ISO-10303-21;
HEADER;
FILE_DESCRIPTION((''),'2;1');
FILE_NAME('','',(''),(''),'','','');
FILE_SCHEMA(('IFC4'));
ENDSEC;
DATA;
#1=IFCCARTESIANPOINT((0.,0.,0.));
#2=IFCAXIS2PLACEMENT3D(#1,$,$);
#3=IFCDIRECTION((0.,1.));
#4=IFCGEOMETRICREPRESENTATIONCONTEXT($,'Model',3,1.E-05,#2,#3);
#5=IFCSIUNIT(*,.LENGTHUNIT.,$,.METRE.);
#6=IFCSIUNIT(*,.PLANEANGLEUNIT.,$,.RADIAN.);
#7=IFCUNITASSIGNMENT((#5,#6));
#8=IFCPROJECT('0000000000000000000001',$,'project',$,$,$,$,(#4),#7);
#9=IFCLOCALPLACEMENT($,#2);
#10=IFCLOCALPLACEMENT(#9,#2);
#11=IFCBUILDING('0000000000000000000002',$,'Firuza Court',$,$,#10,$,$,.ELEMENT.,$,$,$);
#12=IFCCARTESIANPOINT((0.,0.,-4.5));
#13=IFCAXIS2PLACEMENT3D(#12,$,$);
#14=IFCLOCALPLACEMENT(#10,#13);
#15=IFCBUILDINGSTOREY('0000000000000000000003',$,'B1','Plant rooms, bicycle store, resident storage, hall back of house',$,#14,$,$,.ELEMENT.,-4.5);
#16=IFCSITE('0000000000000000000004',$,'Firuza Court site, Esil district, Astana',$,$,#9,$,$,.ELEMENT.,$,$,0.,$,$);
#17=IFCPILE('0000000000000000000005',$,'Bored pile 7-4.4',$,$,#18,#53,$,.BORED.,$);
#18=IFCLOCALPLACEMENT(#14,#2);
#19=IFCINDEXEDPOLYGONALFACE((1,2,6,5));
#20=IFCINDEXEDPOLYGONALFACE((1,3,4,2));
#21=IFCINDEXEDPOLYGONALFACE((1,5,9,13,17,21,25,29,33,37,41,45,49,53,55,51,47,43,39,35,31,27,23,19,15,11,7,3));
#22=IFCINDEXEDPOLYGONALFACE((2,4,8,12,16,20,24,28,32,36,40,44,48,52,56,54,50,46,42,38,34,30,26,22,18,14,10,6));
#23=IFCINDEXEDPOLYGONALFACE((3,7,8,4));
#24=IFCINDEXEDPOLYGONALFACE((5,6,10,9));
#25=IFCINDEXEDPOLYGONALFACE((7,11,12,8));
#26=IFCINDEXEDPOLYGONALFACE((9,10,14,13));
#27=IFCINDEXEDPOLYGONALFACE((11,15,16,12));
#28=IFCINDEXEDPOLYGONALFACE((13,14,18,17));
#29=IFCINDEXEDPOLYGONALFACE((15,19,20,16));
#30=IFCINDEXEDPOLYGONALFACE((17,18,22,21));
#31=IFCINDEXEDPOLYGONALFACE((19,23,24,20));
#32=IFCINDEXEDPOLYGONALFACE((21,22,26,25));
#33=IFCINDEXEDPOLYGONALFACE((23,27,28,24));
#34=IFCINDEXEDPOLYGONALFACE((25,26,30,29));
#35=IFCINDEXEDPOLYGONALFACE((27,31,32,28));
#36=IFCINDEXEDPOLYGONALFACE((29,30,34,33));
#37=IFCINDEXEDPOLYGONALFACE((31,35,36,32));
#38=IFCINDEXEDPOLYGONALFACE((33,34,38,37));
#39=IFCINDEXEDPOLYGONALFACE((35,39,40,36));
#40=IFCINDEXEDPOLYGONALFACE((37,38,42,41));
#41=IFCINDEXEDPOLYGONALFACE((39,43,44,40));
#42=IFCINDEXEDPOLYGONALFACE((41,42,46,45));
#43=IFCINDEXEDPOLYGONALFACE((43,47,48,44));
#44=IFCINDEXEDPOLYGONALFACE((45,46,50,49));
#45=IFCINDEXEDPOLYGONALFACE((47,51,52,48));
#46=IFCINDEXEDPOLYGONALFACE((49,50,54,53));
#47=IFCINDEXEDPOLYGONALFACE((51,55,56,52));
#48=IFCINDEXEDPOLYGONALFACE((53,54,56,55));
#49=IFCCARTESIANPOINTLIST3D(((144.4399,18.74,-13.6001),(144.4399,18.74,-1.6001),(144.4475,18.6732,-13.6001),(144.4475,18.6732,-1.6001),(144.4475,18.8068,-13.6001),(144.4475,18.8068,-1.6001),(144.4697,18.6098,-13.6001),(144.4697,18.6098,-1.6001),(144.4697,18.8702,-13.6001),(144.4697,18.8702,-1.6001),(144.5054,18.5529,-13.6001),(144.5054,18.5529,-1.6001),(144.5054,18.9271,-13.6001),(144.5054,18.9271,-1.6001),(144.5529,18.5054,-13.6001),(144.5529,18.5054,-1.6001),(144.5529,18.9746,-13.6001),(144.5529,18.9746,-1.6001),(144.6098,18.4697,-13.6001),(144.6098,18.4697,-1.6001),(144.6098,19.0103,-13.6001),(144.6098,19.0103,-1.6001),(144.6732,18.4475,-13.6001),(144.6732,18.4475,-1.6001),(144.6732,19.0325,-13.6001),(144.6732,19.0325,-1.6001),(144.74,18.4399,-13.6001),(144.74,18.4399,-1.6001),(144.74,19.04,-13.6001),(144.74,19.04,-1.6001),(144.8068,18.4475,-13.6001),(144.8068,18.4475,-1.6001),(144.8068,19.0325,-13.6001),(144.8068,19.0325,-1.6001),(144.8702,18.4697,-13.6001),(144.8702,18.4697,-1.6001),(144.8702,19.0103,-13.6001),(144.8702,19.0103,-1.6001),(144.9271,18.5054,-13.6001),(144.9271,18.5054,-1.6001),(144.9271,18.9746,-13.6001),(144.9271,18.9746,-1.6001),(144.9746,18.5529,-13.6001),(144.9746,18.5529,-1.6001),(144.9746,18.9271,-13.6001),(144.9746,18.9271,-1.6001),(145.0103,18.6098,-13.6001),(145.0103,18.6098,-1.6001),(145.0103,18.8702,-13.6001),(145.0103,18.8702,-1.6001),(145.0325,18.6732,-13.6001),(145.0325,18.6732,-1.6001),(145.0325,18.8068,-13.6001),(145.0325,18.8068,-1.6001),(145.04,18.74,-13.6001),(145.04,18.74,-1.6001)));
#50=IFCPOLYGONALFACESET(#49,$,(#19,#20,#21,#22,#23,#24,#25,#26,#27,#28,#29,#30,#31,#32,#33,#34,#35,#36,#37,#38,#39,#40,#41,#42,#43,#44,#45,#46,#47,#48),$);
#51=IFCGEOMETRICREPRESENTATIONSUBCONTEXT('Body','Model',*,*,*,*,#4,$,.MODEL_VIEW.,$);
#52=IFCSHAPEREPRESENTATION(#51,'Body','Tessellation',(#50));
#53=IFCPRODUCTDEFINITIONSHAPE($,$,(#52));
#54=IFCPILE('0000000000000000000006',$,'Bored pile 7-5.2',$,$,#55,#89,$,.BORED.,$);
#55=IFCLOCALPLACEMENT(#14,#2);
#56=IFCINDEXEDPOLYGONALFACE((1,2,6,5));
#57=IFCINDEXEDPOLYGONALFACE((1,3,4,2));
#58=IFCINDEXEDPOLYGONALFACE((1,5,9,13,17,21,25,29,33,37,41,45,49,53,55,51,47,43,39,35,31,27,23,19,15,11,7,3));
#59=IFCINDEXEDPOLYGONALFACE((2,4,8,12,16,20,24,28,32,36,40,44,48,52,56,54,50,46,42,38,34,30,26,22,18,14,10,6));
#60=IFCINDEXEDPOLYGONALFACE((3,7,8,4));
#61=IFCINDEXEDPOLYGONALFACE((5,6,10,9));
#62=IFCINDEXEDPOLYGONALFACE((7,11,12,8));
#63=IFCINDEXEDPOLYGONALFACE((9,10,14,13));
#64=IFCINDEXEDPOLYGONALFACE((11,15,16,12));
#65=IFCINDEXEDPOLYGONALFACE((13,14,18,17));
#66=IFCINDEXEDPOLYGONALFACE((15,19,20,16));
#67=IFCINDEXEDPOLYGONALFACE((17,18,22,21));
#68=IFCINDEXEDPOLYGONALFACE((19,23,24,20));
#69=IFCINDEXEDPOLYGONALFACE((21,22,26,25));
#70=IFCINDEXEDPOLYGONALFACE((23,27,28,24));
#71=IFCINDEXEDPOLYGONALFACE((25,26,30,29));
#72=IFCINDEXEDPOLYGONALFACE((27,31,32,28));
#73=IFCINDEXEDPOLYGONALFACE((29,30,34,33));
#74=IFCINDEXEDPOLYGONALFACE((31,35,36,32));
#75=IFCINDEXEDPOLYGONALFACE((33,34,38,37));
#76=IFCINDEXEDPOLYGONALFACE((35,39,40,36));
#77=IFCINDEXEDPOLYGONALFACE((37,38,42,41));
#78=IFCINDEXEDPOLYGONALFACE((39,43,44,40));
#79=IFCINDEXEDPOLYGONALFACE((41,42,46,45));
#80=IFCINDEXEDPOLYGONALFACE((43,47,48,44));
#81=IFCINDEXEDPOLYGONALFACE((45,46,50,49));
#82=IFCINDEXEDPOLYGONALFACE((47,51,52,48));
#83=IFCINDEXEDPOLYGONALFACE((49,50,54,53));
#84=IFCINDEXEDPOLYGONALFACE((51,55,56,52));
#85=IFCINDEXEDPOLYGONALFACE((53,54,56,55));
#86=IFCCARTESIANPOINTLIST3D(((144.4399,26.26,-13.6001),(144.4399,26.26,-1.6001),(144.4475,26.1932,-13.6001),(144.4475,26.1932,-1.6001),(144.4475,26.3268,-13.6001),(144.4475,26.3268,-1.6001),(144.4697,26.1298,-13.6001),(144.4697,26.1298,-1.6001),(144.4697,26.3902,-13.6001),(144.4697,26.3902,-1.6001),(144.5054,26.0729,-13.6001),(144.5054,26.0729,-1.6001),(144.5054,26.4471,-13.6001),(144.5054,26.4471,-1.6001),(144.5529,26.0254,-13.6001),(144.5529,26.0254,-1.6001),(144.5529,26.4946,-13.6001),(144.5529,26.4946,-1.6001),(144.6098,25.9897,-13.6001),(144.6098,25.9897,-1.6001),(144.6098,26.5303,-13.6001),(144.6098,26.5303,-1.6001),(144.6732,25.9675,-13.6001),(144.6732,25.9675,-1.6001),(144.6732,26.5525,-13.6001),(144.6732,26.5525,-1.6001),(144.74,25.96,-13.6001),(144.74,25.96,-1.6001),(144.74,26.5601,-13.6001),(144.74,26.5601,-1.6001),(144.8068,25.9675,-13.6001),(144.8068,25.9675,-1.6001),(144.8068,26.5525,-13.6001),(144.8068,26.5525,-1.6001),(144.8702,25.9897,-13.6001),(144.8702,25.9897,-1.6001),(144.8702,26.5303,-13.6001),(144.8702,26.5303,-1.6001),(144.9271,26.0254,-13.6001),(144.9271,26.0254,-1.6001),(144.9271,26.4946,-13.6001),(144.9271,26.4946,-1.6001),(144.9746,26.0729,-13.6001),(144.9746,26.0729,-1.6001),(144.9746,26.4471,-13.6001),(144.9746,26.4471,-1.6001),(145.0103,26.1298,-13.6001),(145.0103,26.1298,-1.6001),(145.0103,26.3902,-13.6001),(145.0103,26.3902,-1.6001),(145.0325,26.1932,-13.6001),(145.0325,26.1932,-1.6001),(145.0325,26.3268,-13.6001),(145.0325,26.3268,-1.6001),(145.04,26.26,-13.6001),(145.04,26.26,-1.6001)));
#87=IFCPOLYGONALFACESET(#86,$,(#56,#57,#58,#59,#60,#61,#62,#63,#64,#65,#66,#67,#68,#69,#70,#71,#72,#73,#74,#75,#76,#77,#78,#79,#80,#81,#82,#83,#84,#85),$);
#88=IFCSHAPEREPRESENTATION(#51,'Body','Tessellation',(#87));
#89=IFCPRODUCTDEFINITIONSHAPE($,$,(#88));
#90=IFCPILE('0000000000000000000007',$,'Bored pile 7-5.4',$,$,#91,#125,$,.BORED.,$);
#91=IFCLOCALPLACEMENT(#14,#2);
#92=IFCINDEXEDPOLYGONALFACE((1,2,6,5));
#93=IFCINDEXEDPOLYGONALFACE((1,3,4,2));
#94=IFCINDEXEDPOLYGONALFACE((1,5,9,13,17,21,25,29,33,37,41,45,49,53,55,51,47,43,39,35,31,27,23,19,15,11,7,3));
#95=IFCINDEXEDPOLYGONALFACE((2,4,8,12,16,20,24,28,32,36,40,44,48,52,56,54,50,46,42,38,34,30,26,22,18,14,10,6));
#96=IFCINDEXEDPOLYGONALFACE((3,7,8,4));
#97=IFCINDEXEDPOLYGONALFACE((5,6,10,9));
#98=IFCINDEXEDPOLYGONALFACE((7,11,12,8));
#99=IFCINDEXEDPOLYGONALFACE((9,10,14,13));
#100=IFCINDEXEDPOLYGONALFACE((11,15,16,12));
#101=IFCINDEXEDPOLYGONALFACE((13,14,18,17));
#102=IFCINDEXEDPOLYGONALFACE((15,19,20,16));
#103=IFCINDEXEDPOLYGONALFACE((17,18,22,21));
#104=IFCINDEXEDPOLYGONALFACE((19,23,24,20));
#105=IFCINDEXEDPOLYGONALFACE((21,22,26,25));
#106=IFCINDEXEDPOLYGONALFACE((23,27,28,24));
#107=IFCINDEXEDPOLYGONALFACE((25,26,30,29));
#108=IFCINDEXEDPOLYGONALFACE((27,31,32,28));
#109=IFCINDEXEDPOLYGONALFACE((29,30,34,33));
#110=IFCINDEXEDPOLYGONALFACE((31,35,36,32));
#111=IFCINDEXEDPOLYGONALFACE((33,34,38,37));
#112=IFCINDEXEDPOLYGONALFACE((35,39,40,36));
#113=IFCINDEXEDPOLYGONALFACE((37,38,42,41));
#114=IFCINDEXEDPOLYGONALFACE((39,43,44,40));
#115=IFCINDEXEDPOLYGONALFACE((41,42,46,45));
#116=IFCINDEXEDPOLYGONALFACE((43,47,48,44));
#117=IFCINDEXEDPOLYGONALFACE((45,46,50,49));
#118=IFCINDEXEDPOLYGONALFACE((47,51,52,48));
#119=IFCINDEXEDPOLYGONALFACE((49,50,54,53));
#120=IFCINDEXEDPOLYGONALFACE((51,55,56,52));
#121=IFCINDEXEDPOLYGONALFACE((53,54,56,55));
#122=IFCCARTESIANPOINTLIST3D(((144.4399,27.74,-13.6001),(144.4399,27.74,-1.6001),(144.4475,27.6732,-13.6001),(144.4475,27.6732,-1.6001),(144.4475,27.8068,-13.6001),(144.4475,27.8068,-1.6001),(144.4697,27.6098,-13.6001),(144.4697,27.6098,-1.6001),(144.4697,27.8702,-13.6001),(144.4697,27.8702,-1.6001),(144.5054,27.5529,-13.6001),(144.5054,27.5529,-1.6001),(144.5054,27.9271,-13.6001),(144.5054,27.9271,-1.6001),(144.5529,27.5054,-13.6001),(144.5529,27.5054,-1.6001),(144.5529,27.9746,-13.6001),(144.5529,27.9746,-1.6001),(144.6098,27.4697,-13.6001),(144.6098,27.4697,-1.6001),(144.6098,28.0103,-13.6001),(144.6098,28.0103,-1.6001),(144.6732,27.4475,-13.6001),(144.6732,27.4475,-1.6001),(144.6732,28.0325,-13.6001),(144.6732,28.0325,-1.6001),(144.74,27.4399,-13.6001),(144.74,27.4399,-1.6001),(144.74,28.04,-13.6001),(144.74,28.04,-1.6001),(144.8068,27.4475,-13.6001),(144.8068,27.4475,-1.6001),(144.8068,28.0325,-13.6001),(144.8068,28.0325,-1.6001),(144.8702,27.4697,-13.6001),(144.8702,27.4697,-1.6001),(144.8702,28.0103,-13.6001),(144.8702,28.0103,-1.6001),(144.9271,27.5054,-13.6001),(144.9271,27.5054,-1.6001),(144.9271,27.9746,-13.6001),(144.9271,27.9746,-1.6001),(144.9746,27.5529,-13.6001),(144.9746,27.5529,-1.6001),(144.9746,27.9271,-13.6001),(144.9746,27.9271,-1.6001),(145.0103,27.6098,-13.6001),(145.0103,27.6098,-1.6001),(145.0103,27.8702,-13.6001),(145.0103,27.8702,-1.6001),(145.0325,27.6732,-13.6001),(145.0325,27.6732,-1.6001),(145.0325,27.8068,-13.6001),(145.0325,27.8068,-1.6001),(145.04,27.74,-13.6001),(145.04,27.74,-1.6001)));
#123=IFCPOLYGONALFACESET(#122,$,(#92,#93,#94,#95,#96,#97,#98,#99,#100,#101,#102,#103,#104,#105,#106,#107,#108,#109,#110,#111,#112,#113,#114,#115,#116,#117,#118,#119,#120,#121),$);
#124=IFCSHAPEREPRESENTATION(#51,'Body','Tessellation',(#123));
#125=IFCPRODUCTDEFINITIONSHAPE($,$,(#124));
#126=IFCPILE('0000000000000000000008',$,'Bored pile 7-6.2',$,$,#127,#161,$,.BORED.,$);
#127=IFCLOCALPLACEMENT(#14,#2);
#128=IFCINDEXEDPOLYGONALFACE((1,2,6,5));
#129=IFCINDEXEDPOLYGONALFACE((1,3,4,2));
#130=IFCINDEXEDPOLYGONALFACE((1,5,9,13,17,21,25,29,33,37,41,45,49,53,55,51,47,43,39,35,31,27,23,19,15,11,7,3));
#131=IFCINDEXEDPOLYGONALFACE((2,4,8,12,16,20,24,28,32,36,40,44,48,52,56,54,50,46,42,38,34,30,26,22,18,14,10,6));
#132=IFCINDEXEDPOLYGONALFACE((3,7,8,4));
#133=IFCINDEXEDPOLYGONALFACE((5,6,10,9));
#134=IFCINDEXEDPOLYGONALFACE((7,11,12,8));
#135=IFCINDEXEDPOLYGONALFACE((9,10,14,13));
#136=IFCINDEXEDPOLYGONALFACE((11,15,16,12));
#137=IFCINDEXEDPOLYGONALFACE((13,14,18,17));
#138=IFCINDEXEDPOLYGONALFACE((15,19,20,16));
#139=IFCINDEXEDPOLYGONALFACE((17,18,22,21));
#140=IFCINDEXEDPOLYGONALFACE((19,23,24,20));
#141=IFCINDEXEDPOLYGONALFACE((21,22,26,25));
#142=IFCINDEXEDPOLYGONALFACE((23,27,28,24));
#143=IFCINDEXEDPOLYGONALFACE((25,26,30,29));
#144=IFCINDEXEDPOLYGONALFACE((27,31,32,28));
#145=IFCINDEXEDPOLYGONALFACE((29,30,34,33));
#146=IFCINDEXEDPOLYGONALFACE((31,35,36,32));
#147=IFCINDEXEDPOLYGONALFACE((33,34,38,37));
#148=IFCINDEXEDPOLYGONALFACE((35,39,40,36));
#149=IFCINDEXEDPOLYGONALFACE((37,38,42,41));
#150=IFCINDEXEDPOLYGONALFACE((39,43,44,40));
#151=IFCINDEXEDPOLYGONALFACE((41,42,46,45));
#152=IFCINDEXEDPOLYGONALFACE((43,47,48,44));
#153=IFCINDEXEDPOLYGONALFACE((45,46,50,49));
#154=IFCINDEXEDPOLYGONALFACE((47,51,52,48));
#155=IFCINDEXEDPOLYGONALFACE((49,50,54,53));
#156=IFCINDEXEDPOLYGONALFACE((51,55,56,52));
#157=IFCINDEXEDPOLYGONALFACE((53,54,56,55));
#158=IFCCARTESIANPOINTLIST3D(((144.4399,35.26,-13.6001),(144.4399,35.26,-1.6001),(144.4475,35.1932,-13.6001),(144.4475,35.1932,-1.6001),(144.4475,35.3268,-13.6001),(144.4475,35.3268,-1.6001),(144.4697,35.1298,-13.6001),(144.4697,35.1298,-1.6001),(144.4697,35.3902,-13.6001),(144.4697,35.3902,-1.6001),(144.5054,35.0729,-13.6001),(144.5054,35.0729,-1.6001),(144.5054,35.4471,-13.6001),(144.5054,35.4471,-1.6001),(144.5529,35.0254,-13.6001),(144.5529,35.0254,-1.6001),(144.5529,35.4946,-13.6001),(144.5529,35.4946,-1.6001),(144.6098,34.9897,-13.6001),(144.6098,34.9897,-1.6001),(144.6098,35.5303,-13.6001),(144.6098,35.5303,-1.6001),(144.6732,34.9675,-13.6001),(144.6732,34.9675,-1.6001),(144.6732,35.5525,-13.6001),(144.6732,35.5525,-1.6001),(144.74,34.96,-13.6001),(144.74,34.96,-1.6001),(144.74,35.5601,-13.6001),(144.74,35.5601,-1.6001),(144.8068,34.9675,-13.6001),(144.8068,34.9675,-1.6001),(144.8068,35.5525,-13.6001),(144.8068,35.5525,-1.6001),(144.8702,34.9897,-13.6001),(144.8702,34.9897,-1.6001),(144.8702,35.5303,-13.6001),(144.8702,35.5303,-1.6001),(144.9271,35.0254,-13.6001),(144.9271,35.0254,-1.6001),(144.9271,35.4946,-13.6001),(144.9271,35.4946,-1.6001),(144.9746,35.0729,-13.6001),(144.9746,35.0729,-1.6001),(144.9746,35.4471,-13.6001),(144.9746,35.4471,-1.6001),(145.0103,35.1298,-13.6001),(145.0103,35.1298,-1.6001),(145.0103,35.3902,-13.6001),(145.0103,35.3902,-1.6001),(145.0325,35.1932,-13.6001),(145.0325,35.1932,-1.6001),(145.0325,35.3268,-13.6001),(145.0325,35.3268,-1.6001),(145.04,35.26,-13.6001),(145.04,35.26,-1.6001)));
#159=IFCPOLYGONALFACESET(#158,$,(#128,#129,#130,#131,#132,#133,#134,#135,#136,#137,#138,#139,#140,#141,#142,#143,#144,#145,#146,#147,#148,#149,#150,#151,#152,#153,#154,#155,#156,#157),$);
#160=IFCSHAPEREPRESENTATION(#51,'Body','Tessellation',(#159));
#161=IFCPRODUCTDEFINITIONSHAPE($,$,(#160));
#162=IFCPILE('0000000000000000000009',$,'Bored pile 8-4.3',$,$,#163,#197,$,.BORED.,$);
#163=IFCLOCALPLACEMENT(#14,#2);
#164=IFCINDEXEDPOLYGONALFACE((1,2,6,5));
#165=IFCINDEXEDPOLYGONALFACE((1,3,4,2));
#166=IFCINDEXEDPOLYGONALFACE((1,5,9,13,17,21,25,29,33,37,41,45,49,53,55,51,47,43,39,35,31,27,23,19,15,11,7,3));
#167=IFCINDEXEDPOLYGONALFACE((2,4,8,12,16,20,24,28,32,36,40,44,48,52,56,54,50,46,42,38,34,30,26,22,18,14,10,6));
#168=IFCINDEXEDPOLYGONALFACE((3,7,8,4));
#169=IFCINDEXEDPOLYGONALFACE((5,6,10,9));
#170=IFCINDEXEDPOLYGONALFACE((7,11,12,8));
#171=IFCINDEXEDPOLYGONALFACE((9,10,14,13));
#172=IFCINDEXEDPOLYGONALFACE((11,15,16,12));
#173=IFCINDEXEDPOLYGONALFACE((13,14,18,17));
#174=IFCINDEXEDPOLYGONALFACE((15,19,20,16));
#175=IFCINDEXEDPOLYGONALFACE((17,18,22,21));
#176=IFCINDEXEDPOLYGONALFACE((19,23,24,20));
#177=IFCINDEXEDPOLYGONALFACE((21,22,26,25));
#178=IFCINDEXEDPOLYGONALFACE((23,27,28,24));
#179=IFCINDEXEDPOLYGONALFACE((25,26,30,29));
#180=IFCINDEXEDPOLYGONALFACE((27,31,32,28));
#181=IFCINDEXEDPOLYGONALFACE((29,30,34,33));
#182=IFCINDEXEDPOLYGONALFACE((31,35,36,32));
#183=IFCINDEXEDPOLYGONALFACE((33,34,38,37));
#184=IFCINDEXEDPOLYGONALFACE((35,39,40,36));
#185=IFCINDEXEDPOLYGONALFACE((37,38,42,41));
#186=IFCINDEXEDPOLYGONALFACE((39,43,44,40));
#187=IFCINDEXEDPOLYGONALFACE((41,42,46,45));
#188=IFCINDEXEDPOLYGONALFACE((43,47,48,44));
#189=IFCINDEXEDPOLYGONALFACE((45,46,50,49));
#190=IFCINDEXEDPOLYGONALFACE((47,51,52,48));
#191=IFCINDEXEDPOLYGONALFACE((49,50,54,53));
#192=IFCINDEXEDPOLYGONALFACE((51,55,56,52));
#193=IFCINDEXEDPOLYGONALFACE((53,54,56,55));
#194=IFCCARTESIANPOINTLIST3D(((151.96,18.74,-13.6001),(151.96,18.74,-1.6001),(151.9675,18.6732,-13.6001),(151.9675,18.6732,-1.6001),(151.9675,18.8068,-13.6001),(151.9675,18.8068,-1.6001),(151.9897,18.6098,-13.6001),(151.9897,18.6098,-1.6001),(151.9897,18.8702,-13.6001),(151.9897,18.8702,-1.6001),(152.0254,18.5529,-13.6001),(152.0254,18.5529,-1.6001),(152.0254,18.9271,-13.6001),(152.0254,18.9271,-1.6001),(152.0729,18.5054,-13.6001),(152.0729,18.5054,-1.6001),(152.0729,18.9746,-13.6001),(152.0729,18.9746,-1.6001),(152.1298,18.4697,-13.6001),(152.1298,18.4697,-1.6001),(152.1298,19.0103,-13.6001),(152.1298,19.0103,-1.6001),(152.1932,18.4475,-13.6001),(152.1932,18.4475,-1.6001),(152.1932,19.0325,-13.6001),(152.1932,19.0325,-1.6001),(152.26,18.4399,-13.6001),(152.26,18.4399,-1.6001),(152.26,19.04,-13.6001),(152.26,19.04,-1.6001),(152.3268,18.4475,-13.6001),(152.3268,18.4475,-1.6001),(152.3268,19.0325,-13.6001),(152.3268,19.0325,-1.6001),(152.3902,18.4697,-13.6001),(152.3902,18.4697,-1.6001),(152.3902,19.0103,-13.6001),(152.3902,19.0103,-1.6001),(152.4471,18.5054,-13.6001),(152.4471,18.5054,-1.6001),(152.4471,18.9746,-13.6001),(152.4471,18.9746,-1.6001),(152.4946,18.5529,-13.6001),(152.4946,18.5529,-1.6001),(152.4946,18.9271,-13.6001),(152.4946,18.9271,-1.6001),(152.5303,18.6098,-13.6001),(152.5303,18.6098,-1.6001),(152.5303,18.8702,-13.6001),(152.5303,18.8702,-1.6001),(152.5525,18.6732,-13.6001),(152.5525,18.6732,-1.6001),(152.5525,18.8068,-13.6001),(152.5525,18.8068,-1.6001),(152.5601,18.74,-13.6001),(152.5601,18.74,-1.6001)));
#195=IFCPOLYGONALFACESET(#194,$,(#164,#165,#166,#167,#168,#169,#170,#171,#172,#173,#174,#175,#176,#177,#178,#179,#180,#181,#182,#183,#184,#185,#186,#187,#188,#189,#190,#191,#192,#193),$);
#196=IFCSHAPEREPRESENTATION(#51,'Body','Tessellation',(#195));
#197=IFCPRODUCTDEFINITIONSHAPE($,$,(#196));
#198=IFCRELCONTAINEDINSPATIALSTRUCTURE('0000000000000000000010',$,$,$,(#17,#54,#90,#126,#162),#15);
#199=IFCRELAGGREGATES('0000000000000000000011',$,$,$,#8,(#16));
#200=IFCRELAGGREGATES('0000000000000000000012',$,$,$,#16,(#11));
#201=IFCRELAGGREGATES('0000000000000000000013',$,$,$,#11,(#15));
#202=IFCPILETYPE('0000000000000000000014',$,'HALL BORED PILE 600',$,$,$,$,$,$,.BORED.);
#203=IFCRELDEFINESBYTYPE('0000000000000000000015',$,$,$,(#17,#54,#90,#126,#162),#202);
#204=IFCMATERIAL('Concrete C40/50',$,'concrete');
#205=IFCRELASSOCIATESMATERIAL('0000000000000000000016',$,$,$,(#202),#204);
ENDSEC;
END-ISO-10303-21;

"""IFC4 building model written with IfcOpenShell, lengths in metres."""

from ifc_helpers import new_model, si_unit, direction, frame, origin, origin_2d, place, context, subcontext, project, spatial, circle, extrude, material, material_profile, profile_set, type_object, element, save


model = new_model("IFC4")

# Units and contexts
model_context = context("Model", 3, precision=1e-05, world=origin(), true_north=direction((0.0, 1.0)))
body_context = subcontext(model_context, "Body", "Model", "MODEL_VIEW")
ifc_project = project(units=[si_unit("LENGTHUNIT", "METRE"), si_unit("PLANEANGLEUNIT", "RADIAN")], contexts=[model_context])

# Site, building, storey
site_placement = place(None, origin())
site = spatial("IfcSite", under=ifc_project, at=site_placement, Name="Firuza Court site, Esil district, Astana", CompositionType="ELEMENT", RefElevation=0.0)
building_placement = place(site_placement, origin())
building = spatial("IfcBuilding", under=site, at=building_placement, Name="Firuza Court", CompositionType="ELEMENT")
storey_placement = place(building_placement, frame((0.0, 0.0, -4.5)))
storey = spatial("IfcBuildingStorey", under=building, at=storey_placement, Name="B1", Description="Plant rooms, bicycle store, resident storage, hall back of house", CompositionType="ELEMENT", Elevation=-4.5)

# Piles
ifc_material_1 = material(Name="Concrete C40/50", Category="concrete")
ifc_material_profile_1 = material_profile(ifc_material_1, circle(Radius=0.3, at=origin_2d()), Name="PILE 600")
ifc_profile_set_1 = profile_set([ifc_material_profile_1], Name="Concrete C40/50")
pile_type = type_object("IfcPileType", Name="HALL BORED PILE 600", PredefinedType="BORED", material=ifc_profile_set_1)
for number, where, z_axis, x_axis, name in (
    (1, (144.74, 18.74, -1.6001), (0.0, 0.0, -1.0), (1.0, 0.0, 0.0), "Bored pile 7-4.4"),
    (2, (144.74, 26.26, -1.6001), (0.0, 0.0, -1.0), (1.0, 0.0, 0.0), "Bored pile 7-5.2"),
    (3, (144.74, 27.74, -1.6001), (0.0, 0.0, -1.0), (1.0, 0.0, 0.0), "Bored pile 7-5.4"),
    (4, (144.74, 35.26, -1.6001), (0.0, 0.0, -1.0), (1.0, 0.0, 0.0), "Bored pile 7-6.2"),
    (5, (152.26, 18.74, -1.6001), (0.0, 0.0, -1.0), (1.0, 0.0, 0.0), "Bored pile 8-4.3"),
):
    element("IfcPile", number, at=place(storey_placement, frame(where, z_axis=z_axis, x_axis=x_axis)), inside=storey, type_object=pile_type, Name=name, PredefinedType="BORED", context=body_context, shape_type="SweptSolid", body=[
        extrude(circle(Radius=0.3, at=origin_2d()), origin(), (0.0, 0.0, 1.0), 12.0),
    ])

save(model, "model.ifc")
